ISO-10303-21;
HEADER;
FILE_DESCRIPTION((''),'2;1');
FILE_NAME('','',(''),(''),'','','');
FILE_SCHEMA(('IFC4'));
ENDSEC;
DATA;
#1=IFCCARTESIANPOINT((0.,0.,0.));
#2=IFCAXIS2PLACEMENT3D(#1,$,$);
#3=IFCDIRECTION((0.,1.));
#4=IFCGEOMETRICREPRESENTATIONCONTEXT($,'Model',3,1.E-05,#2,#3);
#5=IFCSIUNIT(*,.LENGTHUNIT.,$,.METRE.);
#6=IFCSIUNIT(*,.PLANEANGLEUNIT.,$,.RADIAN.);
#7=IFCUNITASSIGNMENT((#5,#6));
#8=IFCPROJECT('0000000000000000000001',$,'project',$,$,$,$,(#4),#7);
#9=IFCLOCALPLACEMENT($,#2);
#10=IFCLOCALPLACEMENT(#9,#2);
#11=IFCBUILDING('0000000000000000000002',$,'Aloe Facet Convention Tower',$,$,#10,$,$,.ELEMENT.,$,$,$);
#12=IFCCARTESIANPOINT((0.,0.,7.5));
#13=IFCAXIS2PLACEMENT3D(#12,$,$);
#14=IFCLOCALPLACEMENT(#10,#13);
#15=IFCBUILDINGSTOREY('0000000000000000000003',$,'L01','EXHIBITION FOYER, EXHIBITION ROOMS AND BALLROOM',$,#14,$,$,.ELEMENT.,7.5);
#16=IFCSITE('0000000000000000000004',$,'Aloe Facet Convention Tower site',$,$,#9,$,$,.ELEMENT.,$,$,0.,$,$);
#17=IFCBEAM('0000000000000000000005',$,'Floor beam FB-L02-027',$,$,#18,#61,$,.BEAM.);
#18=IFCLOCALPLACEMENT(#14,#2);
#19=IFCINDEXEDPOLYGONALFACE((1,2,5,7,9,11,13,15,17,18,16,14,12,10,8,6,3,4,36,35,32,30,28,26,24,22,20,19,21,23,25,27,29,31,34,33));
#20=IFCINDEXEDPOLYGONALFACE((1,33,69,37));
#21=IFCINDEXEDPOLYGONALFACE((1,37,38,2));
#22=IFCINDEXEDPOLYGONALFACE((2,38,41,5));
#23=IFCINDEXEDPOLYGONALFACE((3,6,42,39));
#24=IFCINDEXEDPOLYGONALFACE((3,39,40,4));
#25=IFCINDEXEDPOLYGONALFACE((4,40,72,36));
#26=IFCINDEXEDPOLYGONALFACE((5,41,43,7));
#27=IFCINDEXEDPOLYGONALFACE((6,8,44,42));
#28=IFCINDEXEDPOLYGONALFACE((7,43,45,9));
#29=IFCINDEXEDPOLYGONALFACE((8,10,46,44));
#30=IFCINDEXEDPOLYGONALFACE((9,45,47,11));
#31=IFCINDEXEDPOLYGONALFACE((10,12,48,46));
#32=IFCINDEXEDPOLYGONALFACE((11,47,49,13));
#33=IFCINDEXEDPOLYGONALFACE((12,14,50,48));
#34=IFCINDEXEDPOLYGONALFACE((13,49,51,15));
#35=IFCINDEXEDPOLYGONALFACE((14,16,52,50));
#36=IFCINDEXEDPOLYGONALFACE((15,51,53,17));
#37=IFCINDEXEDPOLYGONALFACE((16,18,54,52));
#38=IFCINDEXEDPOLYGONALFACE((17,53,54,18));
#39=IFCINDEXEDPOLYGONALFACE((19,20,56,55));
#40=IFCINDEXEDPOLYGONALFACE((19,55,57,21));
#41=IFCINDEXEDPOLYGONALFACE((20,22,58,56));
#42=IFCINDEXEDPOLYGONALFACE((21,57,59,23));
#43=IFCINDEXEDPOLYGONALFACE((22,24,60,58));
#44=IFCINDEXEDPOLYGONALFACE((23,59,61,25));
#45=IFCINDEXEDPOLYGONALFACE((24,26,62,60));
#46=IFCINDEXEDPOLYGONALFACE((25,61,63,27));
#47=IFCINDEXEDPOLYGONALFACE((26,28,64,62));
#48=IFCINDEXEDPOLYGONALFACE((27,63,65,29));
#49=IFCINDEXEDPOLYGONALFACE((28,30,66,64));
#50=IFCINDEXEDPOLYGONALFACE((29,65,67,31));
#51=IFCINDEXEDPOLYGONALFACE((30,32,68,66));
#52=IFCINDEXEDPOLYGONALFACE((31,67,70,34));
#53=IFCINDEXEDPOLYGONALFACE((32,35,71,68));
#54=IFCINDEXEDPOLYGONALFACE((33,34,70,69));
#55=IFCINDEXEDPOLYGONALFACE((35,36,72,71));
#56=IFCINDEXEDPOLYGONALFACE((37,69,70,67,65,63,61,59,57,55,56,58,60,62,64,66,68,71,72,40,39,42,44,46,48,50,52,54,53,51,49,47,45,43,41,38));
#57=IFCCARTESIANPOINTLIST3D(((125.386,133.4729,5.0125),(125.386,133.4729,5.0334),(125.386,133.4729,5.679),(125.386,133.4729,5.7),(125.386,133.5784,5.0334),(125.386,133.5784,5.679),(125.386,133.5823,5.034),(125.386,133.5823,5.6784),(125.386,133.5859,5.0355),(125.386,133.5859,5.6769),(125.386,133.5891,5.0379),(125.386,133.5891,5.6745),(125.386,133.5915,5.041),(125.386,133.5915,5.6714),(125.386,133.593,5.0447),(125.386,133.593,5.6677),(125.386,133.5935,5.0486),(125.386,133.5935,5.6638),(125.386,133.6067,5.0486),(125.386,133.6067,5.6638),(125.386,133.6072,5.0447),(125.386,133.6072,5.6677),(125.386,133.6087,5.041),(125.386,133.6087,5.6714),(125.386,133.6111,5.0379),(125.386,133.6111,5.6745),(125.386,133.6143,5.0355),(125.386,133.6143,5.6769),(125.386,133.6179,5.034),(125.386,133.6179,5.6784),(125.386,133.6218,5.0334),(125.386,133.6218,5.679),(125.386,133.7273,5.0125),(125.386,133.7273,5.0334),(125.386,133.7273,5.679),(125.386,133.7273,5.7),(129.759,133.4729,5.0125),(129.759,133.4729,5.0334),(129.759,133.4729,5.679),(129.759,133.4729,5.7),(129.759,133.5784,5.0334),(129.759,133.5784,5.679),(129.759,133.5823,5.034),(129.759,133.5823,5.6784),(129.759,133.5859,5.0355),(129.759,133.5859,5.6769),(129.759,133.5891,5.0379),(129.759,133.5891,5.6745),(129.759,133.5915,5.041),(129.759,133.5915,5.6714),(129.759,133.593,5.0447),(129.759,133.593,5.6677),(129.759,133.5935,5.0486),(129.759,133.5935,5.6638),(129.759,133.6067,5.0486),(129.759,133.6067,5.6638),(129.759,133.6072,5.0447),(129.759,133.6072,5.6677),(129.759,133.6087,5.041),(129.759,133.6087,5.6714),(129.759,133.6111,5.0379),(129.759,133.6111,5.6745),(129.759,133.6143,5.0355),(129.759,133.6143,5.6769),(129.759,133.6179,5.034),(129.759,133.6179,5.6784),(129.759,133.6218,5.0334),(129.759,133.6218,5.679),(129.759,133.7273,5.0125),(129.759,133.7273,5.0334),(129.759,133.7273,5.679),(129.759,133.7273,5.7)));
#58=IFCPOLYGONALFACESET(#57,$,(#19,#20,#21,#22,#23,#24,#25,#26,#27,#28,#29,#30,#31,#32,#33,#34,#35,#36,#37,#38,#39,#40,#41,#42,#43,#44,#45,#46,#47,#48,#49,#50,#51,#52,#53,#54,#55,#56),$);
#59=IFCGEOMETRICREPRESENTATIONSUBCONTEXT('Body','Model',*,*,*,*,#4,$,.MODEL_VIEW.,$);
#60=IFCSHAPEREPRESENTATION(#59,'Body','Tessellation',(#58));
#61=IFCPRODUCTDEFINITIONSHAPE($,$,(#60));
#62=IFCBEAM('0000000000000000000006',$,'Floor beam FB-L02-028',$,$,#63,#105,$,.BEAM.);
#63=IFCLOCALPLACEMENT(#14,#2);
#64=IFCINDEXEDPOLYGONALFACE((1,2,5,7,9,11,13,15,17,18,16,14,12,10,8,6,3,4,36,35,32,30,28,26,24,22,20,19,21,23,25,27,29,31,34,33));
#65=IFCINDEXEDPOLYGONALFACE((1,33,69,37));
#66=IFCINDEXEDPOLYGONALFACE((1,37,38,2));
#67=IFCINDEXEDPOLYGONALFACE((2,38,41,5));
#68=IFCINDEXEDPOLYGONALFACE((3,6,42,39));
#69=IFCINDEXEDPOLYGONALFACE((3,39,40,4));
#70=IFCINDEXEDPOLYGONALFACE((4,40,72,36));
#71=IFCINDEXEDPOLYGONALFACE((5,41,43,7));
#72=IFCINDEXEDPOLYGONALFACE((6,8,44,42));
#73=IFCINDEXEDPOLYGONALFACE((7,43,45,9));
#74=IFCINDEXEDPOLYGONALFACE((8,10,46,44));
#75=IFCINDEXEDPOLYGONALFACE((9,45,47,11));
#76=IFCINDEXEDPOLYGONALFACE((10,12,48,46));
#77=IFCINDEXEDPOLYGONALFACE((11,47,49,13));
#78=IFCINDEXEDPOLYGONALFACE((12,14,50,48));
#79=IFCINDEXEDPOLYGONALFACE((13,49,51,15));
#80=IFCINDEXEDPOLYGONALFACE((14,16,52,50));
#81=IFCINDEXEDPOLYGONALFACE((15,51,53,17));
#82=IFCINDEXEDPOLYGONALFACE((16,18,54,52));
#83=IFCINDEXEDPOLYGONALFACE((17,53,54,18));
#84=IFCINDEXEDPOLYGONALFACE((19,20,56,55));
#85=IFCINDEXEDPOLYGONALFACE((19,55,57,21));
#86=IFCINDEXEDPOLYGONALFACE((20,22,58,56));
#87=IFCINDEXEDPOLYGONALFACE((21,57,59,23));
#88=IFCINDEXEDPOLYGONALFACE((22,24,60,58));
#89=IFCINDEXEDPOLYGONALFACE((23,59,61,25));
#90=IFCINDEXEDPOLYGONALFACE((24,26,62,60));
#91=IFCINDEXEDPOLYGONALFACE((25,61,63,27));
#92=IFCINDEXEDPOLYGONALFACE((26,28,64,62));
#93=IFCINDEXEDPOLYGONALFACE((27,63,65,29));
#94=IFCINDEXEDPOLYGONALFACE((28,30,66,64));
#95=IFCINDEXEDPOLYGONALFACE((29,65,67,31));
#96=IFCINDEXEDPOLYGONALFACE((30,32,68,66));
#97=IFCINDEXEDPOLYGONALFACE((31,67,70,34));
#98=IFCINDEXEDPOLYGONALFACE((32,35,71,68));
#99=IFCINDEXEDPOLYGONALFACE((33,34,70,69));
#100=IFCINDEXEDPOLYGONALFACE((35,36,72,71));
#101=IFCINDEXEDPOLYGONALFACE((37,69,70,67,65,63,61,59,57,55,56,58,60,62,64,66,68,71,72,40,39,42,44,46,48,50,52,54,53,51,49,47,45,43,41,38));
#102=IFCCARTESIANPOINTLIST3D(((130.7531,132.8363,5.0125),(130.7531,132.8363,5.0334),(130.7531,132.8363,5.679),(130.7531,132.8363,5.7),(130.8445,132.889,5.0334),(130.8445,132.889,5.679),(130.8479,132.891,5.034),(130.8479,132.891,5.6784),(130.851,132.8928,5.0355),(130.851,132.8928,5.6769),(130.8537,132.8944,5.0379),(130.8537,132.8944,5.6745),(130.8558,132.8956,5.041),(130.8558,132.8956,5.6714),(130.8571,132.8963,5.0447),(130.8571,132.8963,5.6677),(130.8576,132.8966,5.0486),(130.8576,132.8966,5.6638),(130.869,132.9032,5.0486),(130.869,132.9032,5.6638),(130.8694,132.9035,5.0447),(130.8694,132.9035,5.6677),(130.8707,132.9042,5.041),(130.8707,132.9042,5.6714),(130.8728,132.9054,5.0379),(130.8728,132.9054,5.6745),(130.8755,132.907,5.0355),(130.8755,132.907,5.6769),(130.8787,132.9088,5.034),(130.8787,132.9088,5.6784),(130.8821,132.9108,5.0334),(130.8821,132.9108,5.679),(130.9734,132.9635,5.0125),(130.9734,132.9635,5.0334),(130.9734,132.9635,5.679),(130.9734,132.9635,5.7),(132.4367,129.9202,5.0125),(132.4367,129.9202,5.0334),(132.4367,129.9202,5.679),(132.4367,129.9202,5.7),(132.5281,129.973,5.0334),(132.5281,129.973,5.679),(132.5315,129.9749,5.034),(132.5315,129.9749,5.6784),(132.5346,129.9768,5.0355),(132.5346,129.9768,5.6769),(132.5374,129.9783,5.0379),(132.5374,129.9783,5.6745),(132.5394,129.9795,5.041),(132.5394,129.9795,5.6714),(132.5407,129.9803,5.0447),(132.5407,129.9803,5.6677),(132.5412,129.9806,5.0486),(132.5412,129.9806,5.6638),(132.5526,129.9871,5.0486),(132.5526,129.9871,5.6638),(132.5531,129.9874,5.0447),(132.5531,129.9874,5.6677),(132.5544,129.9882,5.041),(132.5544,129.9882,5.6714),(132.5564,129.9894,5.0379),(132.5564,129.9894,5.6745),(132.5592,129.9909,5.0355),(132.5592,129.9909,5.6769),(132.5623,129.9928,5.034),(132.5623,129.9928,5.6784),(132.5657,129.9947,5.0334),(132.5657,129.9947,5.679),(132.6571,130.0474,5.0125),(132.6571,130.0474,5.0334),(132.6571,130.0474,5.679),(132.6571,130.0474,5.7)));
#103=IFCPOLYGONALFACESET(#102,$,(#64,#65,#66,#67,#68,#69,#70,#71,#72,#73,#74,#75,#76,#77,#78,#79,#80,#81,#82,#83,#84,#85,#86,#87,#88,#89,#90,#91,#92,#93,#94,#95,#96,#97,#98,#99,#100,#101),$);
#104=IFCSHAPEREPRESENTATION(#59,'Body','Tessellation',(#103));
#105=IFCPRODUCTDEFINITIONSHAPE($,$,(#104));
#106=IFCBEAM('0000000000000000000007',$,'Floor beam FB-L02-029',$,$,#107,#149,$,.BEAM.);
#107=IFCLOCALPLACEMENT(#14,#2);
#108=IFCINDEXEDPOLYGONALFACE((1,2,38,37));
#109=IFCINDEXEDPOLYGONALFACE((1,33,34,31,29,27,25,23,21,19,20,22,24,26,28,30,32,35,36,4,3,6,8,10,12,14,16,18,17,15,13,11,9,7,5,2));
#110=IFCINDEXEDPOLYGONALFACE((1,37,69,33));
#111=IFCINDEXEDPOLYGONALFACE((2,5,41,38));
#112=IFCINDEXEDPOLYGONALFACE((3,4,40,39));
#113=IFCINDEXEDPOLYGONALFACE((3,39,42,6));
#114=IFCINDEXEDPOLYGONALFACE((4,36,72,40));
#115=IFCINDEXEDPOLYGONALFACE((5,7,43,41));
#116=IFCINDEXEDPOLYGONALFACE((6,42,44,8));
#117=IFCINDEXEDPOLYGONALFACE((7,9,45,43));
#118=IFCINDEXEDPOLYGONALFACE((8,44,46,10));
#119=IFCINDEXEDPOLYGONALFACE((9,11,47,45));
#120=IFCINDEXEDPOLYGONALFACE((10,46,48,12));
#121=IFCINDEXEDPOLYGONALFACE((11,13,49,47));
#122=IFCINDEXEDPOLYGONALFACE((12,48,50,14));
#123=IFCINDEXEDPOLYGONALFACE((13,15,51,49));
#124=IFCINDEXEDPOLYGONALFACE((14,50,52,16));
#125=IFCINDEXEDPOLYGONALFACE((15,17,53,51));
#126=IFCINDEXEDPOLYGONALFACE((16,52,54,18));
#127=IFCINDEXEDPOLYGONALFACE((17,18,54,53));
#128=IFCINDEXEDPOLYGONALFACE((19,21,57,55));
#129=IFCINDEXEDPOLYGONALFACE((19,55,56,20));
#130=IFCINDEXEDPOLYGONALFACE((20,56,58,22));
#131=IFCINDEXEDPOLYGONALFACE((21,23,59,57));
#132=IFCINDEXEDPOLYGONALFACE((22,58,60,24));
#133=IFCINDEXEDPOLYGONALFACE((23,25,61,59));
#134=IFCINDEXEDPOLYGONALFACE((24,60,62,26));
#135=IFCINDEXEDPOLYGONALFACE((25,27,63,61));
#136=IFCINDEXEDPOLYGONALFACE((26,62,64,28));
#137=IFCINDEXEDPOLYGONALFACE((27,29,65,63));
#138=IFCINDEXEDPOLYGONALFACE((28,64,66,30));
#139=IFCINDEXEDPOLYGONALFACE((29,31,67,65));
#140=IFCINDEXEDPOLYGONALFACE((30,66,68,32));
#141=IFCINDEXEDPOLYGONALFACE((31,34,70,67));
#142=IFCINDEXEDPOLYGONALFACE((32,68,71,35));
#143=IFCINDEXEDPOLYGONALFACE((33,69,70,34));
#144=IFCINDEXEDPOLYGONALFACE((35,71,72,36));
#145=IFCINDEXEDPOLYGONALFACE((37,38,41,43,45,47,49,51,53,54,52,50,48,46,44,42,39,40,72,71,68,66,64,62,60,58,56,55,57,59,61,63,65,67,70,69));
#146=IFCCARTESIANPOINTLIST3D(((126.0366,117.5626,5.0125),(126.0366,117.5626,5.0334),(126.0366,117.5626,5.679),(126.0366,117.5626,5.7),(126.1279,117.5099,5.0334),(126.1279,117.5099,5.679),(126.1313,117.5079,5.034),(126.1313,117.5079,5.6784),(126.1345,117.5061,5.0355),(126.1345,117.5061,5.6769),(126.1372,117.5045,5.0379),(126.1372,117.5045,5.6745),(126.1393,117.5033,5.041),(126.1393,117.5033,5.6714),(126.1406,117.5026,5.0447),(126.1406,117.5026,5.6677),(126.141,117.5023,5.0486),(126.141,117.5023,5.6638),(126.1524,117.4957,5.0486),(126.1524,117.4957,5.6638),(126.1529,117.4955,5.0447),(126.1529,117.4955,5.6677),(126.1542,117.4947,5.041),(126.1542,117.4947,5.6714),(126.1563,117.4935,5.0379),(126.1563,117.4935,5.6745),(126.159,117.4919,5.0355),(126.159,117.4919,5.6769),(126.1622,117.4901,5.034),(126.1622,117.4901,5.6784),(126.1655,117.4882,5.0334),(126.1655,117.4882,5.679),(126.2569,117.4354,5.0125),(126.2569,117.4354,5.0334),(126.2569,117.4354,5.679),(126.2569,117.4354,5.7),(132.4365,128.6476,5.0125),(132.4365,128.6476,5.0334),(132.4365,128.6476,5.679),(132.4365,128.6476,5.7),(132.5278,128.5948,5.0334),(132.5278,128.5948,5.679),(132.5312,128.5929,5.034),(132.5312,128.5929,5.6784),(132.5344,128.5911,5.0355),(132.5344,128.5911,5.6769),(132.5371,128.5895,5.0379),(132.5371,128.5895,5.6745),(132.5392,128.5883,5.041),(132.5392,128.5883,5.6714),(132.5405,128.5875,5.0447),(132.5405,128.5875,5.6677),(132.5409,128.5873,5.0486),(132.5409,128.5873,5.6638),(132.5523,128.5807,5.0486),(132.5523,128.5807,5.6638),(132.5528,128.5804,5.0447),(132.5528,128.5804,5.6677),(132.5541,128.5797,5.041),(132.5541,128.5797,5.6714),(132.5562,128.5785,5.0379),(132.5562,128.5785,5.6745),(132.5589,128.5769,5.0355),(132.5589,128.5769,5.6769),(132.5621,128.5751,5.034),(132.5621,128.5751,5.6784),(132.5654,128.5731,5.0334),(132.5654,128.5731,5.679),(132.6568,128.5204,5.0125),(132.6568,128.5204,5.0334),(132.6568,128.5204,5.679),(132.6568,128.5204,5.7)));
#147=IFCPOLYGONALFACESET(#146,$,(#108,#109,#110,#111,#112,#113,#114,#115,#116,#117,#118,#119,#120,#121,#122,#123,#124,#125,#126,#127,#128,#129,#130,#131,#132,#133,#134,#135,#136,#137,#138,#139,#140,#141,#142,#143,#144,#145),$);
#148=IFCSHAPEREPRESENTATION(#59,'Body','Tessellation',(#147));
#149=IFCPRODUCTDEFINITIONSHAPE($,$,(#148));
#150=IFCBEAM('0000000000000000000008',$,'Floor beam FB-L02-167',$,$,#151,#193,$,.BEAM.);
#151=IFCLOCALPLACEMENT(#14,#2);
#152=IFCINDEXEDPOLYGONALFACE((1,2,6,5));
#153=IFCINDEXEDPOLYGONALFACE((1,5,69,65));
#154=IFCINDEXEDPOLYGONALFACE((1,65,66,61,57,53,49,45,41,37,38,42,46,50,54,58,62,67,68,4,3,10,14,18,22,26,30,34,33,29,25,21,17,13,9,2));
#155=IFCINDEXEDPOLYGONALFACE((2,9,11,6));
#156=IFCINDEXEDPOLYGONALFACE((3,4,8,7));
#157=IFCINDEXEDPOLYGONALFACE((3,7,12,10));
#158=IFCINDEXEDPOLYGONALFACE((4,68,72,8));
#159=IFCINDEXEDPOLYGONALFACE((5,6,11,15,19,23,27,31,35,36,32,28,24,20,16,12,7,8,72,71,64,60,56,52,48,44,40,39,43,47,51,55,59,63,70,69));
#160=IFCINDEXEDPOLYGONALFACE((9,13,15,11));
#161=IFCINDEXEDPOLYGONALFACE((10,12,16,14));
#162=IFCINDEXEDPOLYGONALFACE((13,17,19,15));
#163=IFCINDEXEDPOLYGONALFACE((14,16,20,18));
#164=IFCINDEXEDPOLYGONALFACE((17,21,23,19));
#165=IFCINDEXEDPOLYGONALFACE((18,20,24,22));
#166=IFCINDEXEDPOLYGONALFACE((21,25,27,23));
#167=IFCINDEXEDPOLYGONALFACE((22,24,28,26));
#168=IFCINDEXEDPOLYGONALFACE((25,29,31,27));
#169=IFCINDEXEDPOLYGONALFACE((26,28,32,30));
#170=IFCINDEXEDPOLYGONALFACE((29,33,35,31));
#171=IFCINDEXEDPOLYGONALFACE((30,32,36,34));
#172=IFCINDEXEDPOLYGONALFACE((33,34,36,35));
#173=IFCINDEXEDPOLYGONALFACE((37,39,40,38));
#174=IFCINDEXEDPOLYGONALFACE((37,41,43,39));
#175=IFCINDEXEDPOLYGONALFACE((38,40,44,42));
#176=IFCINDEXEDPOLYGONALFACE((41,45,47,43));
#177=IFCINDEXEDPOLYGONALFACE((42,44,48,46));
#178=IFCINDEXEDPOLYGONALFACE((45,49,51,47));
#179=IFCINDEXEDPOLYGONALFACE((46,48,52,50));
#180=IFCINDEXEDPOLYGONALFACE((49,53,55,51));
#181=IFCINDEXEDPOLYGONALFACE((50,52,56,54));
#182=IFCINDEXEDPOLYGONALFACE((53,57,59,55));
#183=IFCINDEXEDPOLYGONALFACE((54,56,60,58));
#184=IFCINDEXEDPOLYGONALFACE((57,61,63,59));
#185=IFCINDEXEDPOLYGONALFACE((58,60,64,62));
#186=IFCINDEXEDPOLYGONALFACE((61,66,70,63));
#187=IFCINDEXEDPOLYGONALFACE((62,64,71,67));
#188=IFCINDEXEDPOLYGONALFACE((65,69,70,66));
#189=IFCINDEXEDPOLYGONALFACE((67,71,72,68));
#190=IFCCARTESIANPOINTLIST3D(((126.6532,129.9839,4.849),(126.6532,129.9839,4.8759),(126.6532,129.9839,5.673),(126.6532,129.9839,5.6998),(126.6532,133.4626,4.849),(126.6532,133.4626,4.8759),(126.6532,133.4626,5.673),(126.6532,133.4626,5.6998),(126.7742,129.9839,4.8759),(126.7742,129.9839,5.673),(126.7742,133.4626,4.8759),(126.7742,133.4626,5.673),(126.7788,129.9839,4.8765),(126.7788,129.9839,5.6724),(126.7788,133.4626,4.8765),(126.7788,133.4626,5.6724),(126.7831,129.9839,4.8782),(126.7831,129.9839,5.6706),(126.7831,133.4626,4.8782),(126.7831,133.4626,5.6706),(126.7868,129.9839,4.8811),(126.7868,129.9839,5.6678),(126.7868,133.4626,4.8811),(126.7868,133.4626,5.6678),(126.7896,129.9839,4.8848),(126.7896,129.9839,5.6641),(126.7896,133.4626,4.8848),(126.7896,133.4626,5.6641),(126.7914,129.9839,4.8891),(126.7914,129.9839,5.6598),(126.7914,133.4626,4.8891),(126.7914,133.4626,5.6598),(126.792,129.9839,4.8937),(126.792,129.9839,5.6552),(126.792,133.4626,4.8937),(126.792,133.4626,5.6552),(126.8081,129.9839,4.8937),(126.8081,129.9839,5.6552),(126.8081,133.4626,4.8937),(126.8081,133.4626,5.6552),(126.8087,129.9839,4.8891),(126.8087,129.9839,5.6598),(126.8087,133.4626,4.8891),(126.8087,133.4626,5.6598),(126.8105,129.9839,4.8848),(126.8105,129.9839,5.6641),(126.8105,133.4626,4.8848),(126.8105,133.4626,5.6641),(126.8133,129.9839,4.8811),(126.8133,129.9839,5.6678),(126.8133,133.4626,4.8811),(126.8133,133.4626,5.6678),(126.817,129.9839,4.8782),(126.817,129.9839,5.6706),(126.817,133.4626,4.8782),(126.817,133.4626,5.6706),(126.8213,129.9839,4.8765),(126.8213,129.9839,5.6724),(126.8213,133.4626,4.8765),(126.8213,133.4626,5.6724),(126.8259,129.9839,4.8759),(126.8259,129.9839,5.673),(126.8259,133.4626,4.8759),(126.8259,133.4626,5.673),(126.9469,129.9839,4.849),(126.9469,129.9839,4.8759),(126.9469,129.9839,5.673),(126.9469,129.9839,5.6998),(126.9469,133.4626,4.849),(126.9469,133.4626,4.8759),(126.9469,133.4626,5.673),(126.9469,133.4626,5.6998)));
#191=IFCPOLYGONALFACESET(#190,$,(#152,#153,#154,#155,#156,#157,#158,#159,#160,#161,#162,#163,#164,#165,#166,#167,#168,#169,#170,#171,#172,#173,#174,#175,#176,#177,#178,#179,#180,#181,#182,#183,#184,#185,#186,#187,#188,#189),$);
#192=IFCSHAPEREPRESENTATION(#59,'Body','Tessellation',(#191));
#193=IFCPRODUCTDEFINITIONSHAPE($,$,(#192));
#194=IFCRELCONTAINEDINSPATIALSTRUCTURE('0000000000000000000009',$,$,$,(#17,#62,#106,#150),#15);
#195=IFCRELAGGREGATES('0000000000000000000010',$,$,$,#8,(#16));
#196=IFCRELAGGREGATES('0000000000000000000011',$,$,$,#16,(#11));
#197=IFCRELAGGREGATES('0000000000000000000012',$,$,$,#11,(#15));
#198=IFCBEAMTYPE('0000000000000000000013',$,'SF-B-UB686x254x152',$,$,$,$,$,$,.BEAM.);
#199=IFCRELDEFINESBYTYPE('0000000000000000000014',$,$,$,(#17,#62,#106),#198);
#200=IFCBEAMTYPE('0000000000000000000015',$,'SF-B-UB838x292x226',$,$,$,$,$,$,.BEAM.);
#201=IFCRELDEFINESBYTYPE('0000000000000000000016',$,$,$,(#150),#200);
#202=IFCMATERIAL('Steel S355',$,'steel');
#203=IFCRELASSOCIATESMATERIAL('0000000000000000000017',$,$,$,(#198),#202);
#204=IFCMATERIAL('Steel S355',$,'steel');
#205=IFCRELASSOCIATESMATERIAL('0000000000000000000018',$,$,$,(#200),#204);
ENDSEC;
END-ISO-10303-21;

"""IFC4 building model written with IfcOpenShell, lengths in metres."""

from ifc_helpers import new_model, si_unit, direction, frame, origin, origin_2d, place, context, subcontext, project, spatial, i_section, extrude, material, material_profile, profile_set, type_object, element, save


model = new_model("IFC4")

# Units and contexts
model_context = context("Model", 3, precision=1e-05, world=origin(), true_north=direction((0.0, 1.0)))
body_context = subcontext(model_context, "Body", "Model", "MODEL_VIEW")
ifc_project = project(units=[si_unit("LENGTHUNIT", "METRE"), si_unit("PLANEANGLEUNIT", "RADIAN")], contexts=[model_context])

# Site, building, storey
site_placement = place(None, origin())
site = spatial("IfcSite", under=ifc_project, at=site_placement, Name="Aloe Facet Convention Tower site", CompositionType="ELEMENT", RefElevation=0.0)
building_placement = place(site_placement, origin())
building = spatial("IfcBuilding", under=site, at=building_placement, Name="Aloe Facet Convention Tower", CompositionType="ELEMENT")
storey_placement = place(building_placement, frame((0.0, 0.0, 7.5)))
storey = spatial("IfcBuildingStorey", under=building, at=storey_placement, Name="L01", Description="EXHIBITION FOYER, EXHIBITION ROOMS AND BALLROOM", CompositionType="ELEMENT", Elevation=7.5)

# Beams
ifc_material_1 = material(Name="Steel S355", Category="steel")
ifc_material_profile_1 = material_profile(ifc_material_1, i_section(OverallWidth=0.2544, OverallDepth=0.6875, WebThickness=0.0132, FlangeThickness=0.021, FilletRadius=0.0151, at=origin_2d()), Name="UB 686x254x152")
ifc_profile_set_1 = profile_set([ifc_material_profile_1], Name="Steel S355")
beam_type_1 = type_object("IfcBeamType", Name="SF-B-UB686x254x152", PredefinedType="BEAM", material=ifc_profile_set_1)
beam_1_placement = place(storey_placement, frame((125.386, 133.6001, 5.3562), z_axis=(1.0, 0.0, 0.0), x_axis=(0.0, 1.0, 0.0)))
element("IfcBeam", 1, at=beam_1_placement, inside=storey, type_object=beam_type_1, Name="Floor beam FB-L02-027", PredefinedType="BEAM", context=body_context, shape_type="SweptSolid", body=[
    extrude(i_section(OverallWidth=0.2544, OverallDepth=0.6875, WebThickness=0.0132, FlangeThickness=0.021, FilletRadius=0.0151, at=origin_2d()), origin(), (0.0, 0.0, 1.0), 4.373),
])
beam_2_placement = place(storey_placement, frame((130.8633, 132.8999, 5.3562), z_axis=(0.500007, -0.866021, 0.0), x_axis=(0.866021, 0.500007, 0.0)))
element("IfcBeam", 2, at=beam_2_placement, inside=storey, type_object=beam_type_1, Name="Floor beam FB-L02-028", PredefinedType="BEAM", context=body_context, shape_type="SweptSolid", body=[
    extrude(i_section(OverallWidth=0.2544, OverallDepth=0.6875, WebThickness=0.0132, FlangeThickness=0.021, FilletRadius=0.0151, at=origin_2d()), origin(), (0.0, 0.0, 1.0), 3.3672),
])
beam_3_placement = place(storey_placement, frame((132.5466, 128.584, 5.3562), z_axis=(-0.5, -0.866025, 0.0), x_axis=(0.866025, -0.5, 0.0)))
element("IfcBeam", 3, at=beam_3_placement, inside=storey, type_object=beam_type_1, Name="Floor beam FB-L02-029", PredefinedType="BEAM", context=body_context, shape_type="SweptSolid", body=[
    extrude(i_section(OverallWidth=0.2544, OverallDepth=0.6875, WebThickness=0.0132, FlangeThickness=0.021, FilletRadius=0.0151, at=origin_2d()), origin(), (0.0, 0.0, 1.0), 12.7998),
])
ifc_material_2 = material(Name="Steel S355", Category="steel")
ifc_material_profile_2 = material_profile(ifc_material_2, i_section(OverallWidth=0.2937, OverallDepth=0.8508, WebThickness=0.0161, FlangeThickness=0.0269, FilletRadius=0.0178, at=origin_2d()), Name="UB 838x292x226")
ifc_profile_set_2 = profile_set([ifc_material_profile_2], Name="Steel S355")
beam_type_2 = type_object("IfcBeamType", Name="SF-B-UB838x292x226", PredefinedType="BEAM", material=ifc_profile_set_2)
beam_4_placement = place(storey_placement, frame((126.8, 129.9839, 5.2744), z_axis=(0.0, 1.0, 0.0), x_axis=(-1.0, 0.0, 0.0)))
element("IfcBeam", 4, at=beam_4_placement, inside=storey, type_object=beam_type_2, Name="Floor beam FB-L02-167", PredefinedType="BEAM", context=body_context, shape_type="SweptSolid", body=[
    extrude(i_section(OverallWidth=0.2937, OverallDepth=0.8508, WebThickness=0.0161, FlangeThickness=0.0269, FilletRadius=0.0178, at=origin_2d()), origin(), (0.0, 0.0, 1.0), 3.4788),
])

save(model, "model.ifc")
